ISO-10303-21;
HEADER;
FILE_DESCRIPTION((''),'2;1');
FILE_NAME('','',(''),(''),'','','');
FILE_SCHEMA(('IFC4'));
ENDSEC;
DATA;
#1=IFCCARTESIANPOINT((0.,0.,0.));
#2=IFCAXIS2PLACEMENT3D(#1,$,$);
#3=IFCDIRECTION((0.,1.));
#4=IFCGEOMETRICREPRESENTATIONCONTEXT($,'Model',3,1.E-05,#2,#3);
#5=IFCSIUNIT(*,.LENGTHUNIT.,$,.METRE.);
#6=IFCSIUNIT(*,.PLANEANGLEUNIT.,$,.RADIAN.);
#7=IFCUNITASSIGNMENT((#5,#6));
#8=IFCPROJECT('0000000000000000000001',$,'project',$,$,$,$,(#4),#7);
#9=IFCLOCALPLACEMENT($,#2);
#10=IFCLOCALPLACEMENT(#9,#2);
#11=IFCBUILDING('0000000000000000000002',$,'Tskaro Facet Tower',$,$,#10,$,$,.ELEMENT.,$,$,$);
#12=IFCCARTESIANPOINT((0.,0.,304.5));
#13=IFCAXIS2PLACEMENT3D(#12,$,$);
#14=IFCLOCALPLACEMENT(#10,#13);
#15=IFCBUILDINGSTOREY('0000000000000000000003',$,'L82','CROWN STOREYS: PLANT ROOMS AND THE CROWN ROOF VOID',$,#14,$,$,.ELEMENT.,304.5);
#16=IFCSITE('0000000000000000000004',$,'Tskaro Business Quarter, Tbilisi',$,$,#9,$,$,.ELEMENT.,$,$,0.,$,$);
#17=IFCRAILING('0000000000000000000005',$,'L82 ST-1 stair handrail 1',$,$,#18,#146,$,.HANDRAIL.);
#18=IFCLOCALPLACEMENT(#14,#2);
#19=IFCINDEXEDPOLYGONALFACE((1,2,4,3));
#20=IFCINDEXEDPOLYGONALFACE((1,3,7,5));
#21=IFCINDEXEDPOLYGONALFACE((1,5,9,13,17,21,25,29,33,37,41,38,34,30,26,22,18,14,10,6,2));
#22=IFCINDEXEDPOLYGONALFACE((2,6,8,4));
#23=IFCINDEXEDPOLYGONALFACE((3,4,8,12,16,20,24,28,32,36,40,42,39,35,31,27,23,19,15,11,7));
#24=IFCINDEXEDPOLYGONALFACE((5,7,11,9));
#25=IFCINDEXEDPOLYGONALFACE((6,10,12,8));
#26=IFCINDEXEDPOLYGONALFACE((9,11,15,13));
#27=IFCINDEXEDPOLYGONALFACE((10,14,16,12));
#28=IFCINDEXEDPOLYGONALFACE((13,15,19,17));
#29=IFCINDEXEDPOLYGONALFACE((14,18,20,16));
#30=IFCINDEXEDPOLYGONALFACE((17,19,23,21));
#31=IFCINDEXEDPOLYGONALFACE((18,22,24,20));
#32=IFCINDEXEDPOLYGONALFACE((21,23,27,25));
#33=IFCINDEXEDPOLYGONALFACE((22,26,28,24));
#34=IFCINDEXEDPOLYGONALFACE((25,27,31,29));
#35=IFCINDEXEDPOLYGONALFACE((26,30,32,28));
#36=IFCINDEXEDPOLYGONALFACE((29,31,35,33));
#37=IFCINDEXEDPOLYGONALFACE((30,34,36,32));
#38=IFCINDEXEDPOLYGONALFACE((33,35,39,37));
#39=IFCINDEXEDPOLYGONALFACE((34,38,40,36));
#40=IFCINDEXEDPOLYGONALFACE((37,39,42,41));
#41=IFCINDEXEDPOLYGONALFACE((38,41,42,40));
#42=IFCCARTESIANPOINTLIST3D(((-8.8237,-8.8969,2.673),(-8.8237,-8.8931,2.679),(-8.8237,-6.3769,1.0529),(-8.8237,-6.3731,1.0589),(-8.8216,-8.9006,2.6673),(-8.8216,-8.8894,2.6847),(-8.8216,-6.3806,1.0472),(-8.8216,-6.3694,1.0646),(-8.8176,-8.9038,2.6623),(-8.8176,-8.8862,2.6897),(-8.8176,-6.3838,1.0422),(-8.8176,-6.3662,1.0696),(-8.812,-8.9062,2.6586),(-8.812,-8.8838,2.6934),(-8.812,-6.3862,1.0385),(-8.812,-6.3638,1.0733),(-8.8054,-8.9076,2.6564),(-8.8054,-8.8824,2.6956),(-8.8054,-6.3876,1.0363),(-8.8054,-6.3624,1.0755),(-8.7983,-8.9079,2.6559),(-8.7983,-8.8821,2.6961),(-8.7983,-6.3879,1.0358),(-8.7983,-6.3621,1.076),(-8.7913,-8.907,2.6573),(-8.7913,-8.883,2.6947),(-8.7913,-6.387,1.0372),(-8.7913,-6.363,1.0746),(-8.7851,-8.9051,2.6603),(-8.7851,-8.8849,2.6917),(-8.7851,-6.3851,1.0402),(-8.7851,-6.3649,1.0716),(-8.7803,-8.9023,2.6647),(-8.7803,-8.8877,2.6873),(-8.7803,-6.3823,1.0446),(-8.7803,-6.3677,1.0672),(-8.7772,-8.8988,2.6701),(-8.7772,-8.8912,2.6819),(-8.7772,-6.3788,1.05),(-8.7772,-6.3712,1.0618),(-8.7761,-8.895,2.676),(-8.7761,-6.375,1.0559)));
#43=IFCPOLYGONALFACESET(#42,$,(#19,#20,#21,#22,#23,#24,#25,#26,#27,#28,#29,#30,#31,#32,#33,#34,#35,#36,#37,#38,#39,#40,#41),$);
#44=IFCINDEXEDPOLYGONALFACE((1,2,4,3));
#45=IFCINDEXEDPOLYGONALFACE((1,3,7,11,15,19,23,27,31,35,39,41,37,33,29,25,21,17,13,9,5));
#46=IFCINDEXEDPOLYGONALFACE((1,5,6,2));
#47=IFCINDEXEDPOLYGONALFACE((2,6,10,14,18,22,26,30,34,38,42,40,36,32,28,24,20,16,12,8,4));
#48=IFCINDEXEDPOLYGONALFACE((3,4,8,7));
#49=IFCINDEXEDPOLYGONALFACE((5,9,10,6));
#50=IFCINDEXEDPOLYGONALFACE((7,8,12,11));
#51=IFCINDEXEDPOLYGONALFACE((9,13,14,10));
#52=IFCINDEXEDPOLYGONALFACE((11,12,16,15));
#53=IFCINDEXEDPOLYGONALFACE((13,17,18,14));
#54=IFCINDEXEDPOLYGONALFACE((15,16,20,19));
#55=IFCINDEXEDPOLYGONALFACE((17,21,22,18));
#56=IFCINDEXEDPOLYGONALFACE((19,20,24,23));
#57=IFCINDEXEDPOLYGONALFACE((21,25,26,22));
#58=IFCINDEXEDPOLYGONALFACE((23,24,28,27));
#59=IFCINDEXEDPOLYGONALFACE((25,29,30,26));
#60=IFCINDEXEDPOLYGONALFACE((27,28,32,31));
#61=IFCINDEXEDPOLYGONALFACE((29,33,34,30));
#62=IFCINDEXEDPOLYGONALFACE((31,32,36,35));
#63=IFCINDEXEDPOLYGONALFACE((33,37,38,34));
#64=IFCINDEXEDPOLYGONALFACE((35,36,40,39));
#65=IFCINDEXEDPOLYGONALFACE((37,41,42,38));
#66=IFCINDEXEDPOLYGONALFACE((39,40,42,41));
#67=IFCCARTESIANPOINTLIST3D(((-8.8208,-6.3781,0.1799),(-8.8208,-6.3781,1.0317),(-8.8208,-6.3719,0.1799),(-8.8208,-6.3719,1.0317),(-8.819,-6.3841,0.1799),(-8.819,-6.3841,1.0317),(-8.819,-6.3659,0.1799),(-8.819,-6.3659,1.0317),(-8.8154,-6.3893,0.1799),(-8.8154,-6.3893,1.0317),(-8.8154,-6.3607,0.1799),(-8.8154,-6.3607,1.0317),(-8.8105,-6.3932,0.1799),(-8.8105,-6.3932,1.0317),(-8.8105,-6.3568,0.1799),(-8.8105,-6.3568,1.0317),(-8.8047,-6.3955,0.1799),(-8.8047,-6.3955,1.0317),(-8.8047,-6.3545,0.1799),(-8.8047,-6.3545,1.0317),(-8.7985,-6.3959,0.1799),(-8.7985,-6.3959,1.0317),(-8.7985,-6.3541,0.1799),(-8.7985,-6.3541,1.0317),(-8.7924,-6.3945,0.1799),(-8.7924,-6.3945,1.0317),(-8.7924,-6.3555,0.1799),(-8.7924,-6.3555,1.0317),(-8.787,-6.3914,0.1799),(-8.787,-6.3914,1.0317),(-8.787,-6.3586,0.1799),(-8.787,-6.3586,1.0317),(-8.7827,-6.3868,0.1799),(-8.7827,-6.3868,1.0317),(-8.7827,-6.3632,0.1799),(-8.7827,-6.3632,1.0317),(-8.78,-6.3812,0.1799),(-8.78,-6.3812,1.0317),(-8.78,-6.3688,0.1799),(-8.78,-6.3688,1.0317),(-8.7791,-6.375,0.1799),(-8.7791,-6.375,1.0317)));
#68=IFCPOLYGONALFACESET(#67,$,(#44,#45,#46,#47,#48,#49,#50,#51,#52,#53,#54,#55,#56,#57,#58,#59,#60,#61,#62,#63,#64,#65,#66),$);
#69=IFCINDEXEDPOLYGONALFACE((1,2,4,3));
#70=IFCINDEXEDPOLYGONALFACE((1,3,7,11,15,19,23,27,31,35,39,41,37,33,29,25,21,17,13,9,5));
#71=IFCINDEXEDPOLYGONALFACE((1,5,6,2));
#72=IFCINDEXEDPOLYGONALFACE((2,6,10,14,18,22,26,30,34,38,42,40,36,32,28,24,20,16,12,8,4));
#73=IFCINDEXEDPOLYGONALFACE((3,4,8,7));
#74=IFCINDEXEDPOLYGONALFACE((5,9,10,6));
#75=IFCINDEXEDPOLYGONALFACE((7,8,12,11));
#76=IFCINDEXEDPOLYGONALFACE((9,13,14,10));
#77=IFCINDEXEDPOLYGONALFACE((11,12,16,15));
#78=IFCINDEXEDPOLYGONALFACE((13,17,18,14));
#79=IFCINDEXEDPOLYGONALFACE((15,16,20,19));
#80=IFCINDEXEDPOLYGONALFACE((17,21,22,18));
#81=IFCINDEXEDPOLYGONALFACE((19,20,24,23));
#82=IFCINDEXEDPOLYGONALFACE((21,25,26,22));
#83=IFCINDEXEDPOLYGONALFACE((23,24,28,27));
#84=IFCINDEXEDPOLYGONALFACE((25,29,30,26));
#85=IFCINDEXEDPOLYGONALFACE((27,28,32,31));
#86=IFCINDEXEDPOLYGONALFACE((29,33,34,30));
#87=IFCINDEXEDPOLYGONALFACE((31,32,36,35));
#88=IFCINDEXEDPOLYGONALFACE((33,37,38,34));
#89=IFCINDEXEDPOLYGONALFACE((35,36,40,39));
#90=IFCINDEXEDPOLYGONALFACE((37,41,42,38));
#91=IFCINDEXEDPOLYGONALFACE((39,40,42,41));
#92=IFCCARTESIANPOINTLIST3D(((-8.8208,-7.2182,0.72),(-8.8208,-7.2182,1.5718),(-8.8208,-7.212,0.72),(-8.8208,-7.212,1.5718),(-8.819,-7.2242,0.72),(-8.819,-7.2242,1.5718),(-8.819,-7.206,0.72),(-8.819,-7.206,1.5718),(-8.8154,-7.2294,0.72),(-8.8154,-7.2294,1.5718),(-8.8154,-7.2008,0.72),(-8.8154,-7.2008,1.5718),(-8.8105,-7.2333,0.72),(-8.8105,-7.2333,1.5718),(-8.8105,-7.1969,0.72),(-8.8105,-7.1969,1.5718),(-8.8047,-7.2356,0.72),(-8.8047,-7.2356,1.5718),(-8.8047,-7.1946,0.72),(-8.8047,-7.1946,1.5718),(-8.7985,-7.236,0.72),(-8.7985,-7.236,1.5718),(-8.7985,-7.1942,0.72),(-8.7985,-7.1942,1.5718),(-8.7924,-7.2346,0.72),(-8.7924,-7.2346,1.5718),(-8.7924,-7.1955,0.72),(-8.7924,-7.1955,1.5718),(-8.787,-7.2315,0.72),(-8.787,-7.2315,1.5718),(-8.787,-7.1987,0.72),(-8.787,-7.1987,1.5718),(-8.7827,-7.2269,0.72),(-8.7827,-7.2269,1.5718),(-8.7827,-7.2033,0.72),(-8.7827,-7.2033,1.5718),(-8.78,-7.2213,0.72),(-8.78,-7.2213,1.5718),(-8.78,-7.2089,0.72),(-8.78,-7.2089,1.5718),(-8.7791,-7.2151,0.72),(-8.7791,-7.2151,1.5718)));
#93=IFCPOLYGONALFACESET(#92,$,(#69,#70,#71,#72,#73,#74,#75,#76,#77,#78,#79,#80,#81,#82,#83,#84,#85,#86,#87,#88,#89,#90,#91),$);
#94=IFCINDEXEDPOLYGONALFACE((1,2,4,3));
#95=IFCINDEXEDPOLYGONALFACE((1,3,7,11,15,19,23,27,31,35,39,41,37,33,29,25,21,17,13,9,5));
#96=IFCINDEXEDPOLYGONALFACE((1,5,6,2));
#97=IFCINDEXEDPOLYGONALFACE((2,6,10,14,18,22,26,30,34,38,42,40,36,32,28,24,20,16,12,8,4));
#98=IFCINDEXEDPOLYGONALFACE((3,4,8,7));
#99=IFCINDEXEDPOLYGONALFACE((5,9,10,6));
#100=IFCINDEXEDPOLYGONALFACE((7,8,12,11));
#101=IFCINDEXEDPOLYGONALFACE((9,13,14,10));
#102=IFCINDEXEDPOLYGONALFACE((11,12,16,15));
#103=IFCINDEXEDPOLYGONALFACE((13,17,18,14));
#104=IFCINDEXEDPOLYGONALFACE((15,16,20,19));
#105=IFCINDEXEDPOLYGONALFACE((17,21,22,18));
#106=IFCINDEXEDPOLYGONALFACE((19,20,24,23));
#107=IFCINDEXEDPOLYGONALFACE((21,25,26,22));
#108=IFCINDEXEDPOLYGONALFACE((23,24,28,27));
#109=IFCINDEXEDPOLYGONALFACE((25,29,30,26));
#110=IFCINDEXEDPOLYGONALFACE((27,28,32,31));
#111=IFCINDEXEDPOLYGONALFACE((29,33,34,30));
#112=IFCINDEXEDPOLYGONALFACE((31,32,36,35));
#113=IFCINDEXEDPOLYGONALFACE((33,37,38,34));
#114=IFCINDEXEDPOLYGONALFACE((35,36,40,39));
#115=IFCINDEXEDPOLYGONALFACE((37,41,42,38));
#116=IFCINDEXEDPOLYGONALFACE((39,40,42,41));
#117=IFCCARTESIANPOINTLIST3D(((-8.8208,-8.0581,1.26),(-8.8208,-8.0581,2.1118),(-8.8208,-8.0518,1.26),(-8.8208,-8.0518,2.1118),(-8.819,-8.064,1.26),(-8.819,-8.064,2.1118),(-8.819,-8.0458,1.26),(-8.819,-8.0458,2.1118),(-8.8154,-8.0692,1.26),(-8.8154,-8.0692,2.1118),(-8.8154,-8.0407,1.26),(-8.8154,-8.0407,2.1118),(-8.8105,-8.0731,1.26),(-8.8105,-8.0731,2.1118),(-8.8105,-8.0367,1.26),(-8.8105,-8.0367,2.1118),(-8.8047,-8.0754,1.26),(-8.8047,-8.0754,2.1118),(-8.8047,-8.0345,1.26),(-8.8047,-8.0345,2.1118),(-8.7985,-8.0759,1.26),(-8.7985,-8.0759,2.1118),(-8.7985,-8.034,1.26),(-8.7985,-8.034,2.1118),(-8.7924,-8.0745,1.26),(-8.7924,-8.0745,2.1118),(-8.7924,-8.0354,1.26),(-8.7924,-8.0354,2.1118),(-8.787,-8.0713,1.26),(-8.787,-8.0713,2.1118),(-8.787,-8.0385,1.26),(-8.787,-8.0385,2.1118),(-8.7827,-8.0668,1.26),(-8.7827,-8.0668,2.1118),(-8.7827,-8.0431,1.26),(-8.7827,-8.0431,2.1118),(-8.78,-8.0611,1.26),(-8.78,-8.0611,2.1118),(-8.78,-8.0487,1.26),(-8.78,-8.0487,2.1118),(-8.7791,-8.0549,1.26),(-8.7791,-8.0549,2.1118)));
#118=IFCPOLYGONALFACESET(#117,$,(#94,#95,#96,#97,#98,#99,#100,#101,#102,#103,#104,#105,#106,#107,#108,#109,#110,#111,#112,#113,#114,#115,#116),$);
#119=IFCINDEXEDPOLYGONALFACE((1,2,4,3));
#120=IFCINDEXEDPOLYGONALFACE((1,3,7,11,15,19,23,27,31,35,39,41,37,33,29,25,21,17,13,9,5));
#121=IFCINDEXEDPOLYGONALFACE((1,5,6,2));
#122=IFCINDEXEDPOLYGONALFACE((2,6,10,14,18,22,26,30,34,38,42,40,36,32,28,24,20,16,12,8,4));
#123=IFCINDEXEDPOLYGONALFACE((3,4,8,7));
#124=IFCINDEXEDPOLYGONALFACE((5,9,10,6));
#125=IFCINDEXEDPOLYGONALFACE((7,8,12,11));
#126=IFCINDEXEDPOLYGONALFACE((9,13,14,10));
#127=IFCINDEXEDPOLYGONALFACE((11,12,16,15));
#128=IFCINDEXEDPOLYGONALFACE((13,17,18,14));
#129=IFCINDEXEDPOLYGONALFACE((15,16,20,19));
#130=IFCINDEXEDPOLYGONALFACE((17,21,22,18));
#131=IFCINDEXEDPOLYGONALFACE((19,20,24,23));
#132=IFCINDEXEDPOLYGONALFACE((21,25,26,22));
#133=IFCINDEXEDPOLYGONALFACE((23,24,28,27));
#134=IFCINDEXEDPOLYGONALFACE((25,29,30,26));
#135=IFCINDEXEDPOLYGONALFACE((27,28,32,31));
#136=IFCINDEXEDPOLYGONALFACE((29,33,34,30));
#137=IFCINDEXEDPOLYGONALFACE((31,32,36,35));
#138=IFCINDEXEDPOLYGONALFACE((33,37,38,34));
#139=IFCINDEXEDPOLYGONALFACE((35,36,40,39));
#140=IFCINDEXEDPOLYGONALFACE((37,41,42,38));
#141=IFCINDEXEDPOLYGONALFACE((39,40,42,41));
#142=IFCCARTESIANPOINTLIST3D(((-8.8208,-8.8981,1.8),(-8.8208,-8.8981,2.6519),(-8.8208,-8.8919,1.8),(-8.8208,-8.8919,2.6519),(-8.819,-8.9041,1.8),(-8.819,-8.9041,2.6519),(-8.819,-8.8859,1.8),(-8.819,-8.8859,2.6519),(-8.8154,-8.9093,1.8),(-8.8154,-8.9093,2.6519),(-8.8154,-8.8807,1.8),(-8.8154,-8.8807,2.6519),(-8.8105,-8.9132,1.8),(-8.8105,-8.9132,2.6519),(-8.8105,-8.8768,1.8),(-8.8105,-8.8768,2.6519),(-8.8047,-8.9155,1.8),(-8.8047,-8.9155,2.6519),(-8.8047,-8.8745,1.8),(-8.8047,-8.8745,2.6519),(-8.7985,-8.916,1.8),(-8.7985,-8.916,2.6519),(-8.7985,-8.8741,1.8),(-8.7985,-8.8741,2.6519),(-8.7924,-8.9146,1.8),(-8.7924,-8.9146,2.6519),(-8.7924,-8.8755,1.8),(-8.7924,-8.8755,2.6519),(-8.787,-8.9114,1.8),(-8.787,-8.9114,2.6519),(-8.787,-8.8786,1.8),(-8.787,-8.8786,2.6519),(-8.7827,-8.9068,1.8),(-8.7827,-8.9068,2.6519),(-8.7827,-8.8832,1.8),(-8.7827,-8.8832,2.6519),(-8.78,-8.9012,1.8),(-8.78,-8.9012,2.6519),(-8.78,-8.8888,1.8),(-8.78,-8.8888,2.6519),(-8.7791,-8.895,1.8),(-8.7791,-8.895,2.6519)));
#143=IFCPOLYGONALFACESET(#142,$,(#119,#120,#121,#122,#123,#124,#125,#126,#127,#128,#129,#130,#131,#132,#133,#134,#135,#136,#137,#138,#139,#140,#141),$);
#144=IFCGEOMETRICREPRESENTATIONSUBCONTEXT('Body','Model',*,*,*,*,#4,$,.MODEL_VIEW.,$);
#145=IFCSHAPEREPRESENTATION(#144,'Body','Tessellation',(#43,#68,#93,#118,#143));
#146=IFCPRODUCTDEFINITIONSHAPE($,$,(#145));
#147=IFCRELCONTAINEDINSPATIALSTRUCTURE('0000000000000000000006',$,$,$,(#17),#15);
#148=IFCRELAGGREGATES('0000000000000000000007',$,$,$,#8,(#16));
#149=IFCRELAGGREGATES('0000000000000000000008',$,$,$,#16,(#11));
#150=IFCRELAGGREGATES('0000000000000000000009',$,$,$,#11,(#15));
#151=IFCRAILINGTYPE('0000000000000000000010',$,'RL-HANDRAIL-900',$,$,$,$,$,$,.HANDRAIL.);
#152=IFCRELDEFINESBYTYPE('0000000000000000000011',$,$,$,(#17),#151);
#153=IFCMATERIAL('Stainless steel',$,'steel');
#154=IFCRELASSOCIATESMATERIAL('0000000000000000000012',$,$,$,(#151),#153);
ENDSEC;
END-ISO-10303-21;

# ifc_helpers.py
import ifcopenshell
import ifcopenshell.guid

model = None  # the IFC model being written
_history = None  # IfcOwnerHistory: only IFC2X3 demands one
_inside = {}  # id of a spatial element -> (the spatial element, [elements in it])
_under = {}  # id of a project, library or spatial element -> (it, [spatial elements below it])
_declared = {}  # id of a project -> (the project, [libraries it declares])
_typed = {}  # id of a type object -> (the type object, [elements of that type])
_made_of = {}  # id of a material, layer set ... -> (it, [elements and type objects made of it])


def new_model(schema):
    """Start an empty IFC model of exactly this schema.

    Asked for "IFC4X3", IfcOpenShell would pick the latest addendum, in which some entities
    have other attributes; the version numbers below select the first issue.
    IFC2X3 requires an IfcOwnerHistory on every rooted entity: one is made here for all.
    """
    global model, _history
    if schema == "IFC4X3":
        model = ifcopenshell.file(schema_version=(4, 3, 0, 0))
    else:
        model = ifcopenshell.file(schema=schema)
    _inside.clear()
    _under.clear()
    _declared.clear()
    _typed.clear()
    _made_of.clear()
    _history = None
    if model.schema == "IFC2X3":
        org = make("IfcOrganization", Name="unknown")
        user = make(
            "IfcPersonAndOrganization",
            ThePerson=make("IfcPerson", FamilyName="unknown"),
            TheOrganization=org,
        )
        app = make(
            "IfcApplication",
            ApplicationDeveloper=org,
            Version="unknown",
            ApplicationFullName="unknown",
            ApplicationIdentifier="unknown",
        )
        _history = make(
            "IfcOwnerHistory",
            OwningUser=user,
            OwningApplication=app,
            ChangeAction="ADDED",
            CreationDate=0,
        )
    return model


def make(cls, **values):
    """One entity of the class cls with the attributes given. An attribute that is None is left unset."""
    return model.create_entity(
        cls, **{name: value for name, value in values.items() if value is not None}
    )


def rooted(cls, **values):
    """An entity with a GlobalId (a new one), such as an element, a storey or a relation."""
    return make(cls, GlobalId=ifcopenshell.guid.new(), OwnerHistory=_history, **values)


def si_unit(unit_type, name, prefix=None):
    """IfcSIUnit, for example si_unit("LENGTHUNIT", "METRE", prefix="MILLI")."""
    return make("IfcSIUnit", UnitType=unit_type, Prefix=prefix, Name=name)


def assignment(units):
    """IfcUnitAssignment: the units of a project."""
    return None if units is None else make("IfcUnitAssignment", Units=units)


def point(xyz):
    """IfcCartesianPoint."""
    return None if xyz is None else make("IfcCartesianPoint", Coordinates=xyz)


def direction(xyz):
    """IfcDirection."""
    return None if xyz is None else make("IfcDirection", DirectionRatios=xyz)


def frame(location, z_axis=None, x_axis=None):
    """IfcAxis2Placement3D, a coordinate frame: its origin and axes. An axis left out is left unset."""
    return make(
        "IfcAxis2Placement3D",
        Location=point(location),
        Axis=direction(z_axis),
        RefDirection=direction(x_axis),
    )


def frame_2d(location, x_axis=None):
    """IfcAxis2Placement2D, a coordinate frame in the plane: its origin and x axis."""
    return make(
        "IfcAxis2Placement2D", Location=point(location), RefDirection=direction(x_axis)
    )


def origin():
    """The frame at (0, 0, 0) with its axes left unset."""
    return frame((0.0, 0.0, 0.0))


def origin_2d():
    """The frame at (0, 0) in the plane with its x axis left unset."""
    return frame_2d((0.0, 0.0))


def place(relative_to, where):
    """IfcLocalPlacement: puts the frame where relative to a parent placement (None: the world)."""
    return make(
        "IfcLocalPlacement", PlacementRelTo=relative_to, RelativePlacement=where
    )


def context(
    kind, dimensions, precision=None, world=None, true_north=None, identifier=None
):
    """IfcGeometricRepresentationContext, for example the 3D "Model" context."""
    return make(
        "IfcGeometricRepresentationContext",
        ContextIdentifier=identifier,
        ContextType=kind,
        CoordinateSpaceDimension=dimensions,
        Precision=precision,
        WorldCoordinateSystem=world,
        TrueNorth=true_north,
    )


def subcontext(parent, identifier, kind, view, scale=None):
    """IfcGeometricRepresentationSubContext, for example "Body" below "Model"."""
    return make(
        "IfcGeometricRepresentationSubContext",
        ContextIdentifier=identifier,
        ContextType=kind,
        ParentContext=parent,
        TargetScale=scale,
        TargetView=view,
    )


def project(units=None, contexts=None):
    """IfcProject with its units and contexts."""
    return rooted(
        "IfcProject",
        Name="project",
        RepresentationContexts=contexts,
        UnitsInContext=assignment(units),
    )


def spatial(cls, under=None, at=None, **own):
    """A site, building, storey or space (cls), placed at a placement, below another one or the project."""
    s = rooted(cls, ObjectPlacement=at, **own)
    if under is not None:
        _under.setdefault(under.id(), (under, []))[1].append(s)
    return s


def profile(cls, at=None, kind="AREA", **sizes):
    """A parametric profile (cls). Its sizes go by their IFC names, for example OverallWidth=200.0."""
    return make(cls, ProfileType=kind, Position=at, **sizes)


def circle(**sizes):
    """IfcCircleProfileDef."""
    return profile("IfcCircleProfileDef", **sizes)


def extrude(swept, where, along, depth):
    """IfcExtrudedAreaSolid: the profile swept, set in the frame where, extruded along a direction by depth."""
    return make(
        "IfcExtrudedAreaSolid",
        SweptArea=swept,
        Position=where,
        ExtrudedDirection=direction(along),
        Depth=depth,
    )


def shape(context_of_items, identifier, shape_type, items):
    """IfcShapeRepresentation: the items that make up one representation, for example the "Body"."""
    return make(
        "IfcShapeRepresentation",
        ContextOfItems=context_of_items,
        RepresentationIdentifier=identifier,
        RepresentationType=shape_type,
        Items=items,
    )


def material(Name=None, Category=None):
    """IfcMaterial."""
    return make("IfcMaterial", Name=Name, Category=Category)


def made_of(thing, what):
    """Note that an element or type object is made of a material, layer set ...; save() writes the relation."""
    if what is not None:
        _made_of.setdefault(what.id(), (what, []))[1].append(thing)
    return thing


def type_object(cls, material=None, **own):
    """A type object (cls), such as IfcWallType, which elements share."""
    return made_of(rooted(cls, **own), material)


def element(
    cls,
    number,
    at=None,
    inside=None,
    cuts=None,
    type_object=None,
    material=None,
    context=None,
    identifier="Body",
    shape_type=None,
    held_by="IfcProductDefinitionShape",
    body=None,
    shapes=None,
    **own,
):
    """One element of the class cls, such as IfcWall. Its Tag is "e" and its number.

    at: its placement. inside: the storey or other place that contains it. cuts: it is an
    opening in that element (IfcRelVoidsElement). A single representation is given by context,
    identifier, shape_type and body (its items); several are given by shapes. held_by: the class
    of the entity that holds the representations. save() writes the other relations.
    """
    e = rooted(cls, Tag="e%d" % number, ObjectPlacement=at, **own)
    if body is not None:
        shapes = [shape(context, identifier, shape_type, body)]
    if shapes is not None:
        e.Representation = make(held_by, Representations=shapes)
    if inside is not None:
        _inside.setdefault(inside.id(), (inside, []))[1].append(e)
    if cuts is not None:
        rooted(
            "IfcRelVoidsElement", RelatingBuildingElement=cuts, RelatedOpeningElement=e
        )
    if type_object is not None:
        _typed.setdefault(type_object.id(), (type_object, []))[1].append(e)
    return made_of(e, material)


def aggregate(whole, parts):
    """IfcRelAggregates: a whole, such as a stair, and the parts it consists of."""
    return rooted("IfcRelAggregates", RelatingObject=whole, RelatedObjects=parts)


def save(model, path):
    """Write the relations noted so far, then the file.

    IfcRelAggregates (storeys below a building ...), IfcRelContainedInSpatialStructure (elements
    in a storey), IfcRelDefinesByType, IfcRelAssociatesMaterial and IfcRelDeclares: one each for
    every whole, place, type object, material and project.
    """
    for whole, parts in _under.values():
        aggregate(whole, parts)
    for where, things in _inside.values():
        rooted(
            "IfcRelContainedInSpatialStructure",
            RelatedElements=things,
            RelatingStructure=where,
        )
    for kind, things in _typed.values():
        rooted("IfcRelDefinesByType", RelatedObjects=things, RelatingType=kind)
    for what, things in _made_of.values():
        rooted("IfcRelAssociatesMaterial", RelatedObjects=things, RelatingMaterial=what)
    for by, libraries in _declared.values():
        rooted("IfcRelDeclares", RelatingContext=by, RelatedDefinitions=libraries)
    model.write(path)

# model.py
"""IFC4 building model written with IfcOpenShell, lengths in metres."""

from ifc_helpers import new_model, si_unit, direction, frame, origin, origin_2d, place, context, subcontext, project, spatial, circle, extrude, material, type_object, element, save


model = new_model("IFC4")

# Units and contexts
model_context = context("Model", 3, precision=1e-05, world=origin(), true_north=direction((0.0, 1.0)))
body_context = subcontext(model_context, "Body", "Model", "MODEL_VIEW")
ifc_project = project(units=[si_unit("LENGTHUNIT", "METRE"), si_unit("PLANEANGLEUNIT", "RADIAN")], contexts=[model_context])

# Site, building, storey
site_placement = place(None, origin())
site = spatial("IfcSite", under=ifc_project, at=site_placement, Name="Tskaro Business Quarter, Tbilisi", CompositionType="ELEMENT", RefElevation=0.0)
building_placement = place(site_placement, origin())
building = spatial("IfcBuilding", under=site, at=building_placement, Name="Tskaro Facet Tower", CompositionType="ELEMENT")
storey_placement = place(building_placement, frame((0.0, 0.0, 304.5)))
storey = spatial("IfcBuildingStorey", under=building, at=storey_placement, Name="L82", Description="CROWN STOREYS: PLANT ROOMS AND THE CROWN ROOF VOID", CompositionType="ELEMENT", Elevation=304.5)

# Railing
ifc_material_1 = material(Name="Stainless steel", Category="steel")
railing_type_1 = type_object("IfcRailingType", Name="RL-HANDRAIL-900", PredefinedType="HANDRAIL", material=ifc_material_1)
railing_1_placement = place(storey_placement, frame((-8.8, -6.375, 0.1799)))
element("IfcRailing", 1, at=railing_1_placement, inside=storey, type_object=railing_type_1, Name="L82 ST-1 stair handrail 1", PredefinedType="HANDRAIL", context=body_context, shape_type="SweptSolid", body=[
    extrude(circle(Radius=0.0239, at=origin_2d()), frame((0.0, 0.0, 0.876), z_axis=(0.0, -0.841163, 0.540782), x_axis=(1.0, 0.0, 0.0)), (0.0, 0.0, 1.0), 2.9958),
    extrude(circle(Radius=0.021, at=origin_2d()), origin(), (0.0, 0.0, 1.0), 0.8518),
    extrude(circle(Radius=0.021, at=origin_2d()), frame((0.0, -0.8401, 0.54)), (0.0, 0.0, 1.0), 0.8518),
    extrude(circle(Radius=0.021, at=origin_2d()), frame((0.0, -1.6799, 1.0801)), (0.0, 0.0, 1.0), 0.8518),
    extrude(circle(Radius=0.021, at=origin_2d()), frame((0.0, -2.52, 1.6201)), (0.0, 0.0, 1.0), 0.8518),
])

save(model, "model.ifc")
